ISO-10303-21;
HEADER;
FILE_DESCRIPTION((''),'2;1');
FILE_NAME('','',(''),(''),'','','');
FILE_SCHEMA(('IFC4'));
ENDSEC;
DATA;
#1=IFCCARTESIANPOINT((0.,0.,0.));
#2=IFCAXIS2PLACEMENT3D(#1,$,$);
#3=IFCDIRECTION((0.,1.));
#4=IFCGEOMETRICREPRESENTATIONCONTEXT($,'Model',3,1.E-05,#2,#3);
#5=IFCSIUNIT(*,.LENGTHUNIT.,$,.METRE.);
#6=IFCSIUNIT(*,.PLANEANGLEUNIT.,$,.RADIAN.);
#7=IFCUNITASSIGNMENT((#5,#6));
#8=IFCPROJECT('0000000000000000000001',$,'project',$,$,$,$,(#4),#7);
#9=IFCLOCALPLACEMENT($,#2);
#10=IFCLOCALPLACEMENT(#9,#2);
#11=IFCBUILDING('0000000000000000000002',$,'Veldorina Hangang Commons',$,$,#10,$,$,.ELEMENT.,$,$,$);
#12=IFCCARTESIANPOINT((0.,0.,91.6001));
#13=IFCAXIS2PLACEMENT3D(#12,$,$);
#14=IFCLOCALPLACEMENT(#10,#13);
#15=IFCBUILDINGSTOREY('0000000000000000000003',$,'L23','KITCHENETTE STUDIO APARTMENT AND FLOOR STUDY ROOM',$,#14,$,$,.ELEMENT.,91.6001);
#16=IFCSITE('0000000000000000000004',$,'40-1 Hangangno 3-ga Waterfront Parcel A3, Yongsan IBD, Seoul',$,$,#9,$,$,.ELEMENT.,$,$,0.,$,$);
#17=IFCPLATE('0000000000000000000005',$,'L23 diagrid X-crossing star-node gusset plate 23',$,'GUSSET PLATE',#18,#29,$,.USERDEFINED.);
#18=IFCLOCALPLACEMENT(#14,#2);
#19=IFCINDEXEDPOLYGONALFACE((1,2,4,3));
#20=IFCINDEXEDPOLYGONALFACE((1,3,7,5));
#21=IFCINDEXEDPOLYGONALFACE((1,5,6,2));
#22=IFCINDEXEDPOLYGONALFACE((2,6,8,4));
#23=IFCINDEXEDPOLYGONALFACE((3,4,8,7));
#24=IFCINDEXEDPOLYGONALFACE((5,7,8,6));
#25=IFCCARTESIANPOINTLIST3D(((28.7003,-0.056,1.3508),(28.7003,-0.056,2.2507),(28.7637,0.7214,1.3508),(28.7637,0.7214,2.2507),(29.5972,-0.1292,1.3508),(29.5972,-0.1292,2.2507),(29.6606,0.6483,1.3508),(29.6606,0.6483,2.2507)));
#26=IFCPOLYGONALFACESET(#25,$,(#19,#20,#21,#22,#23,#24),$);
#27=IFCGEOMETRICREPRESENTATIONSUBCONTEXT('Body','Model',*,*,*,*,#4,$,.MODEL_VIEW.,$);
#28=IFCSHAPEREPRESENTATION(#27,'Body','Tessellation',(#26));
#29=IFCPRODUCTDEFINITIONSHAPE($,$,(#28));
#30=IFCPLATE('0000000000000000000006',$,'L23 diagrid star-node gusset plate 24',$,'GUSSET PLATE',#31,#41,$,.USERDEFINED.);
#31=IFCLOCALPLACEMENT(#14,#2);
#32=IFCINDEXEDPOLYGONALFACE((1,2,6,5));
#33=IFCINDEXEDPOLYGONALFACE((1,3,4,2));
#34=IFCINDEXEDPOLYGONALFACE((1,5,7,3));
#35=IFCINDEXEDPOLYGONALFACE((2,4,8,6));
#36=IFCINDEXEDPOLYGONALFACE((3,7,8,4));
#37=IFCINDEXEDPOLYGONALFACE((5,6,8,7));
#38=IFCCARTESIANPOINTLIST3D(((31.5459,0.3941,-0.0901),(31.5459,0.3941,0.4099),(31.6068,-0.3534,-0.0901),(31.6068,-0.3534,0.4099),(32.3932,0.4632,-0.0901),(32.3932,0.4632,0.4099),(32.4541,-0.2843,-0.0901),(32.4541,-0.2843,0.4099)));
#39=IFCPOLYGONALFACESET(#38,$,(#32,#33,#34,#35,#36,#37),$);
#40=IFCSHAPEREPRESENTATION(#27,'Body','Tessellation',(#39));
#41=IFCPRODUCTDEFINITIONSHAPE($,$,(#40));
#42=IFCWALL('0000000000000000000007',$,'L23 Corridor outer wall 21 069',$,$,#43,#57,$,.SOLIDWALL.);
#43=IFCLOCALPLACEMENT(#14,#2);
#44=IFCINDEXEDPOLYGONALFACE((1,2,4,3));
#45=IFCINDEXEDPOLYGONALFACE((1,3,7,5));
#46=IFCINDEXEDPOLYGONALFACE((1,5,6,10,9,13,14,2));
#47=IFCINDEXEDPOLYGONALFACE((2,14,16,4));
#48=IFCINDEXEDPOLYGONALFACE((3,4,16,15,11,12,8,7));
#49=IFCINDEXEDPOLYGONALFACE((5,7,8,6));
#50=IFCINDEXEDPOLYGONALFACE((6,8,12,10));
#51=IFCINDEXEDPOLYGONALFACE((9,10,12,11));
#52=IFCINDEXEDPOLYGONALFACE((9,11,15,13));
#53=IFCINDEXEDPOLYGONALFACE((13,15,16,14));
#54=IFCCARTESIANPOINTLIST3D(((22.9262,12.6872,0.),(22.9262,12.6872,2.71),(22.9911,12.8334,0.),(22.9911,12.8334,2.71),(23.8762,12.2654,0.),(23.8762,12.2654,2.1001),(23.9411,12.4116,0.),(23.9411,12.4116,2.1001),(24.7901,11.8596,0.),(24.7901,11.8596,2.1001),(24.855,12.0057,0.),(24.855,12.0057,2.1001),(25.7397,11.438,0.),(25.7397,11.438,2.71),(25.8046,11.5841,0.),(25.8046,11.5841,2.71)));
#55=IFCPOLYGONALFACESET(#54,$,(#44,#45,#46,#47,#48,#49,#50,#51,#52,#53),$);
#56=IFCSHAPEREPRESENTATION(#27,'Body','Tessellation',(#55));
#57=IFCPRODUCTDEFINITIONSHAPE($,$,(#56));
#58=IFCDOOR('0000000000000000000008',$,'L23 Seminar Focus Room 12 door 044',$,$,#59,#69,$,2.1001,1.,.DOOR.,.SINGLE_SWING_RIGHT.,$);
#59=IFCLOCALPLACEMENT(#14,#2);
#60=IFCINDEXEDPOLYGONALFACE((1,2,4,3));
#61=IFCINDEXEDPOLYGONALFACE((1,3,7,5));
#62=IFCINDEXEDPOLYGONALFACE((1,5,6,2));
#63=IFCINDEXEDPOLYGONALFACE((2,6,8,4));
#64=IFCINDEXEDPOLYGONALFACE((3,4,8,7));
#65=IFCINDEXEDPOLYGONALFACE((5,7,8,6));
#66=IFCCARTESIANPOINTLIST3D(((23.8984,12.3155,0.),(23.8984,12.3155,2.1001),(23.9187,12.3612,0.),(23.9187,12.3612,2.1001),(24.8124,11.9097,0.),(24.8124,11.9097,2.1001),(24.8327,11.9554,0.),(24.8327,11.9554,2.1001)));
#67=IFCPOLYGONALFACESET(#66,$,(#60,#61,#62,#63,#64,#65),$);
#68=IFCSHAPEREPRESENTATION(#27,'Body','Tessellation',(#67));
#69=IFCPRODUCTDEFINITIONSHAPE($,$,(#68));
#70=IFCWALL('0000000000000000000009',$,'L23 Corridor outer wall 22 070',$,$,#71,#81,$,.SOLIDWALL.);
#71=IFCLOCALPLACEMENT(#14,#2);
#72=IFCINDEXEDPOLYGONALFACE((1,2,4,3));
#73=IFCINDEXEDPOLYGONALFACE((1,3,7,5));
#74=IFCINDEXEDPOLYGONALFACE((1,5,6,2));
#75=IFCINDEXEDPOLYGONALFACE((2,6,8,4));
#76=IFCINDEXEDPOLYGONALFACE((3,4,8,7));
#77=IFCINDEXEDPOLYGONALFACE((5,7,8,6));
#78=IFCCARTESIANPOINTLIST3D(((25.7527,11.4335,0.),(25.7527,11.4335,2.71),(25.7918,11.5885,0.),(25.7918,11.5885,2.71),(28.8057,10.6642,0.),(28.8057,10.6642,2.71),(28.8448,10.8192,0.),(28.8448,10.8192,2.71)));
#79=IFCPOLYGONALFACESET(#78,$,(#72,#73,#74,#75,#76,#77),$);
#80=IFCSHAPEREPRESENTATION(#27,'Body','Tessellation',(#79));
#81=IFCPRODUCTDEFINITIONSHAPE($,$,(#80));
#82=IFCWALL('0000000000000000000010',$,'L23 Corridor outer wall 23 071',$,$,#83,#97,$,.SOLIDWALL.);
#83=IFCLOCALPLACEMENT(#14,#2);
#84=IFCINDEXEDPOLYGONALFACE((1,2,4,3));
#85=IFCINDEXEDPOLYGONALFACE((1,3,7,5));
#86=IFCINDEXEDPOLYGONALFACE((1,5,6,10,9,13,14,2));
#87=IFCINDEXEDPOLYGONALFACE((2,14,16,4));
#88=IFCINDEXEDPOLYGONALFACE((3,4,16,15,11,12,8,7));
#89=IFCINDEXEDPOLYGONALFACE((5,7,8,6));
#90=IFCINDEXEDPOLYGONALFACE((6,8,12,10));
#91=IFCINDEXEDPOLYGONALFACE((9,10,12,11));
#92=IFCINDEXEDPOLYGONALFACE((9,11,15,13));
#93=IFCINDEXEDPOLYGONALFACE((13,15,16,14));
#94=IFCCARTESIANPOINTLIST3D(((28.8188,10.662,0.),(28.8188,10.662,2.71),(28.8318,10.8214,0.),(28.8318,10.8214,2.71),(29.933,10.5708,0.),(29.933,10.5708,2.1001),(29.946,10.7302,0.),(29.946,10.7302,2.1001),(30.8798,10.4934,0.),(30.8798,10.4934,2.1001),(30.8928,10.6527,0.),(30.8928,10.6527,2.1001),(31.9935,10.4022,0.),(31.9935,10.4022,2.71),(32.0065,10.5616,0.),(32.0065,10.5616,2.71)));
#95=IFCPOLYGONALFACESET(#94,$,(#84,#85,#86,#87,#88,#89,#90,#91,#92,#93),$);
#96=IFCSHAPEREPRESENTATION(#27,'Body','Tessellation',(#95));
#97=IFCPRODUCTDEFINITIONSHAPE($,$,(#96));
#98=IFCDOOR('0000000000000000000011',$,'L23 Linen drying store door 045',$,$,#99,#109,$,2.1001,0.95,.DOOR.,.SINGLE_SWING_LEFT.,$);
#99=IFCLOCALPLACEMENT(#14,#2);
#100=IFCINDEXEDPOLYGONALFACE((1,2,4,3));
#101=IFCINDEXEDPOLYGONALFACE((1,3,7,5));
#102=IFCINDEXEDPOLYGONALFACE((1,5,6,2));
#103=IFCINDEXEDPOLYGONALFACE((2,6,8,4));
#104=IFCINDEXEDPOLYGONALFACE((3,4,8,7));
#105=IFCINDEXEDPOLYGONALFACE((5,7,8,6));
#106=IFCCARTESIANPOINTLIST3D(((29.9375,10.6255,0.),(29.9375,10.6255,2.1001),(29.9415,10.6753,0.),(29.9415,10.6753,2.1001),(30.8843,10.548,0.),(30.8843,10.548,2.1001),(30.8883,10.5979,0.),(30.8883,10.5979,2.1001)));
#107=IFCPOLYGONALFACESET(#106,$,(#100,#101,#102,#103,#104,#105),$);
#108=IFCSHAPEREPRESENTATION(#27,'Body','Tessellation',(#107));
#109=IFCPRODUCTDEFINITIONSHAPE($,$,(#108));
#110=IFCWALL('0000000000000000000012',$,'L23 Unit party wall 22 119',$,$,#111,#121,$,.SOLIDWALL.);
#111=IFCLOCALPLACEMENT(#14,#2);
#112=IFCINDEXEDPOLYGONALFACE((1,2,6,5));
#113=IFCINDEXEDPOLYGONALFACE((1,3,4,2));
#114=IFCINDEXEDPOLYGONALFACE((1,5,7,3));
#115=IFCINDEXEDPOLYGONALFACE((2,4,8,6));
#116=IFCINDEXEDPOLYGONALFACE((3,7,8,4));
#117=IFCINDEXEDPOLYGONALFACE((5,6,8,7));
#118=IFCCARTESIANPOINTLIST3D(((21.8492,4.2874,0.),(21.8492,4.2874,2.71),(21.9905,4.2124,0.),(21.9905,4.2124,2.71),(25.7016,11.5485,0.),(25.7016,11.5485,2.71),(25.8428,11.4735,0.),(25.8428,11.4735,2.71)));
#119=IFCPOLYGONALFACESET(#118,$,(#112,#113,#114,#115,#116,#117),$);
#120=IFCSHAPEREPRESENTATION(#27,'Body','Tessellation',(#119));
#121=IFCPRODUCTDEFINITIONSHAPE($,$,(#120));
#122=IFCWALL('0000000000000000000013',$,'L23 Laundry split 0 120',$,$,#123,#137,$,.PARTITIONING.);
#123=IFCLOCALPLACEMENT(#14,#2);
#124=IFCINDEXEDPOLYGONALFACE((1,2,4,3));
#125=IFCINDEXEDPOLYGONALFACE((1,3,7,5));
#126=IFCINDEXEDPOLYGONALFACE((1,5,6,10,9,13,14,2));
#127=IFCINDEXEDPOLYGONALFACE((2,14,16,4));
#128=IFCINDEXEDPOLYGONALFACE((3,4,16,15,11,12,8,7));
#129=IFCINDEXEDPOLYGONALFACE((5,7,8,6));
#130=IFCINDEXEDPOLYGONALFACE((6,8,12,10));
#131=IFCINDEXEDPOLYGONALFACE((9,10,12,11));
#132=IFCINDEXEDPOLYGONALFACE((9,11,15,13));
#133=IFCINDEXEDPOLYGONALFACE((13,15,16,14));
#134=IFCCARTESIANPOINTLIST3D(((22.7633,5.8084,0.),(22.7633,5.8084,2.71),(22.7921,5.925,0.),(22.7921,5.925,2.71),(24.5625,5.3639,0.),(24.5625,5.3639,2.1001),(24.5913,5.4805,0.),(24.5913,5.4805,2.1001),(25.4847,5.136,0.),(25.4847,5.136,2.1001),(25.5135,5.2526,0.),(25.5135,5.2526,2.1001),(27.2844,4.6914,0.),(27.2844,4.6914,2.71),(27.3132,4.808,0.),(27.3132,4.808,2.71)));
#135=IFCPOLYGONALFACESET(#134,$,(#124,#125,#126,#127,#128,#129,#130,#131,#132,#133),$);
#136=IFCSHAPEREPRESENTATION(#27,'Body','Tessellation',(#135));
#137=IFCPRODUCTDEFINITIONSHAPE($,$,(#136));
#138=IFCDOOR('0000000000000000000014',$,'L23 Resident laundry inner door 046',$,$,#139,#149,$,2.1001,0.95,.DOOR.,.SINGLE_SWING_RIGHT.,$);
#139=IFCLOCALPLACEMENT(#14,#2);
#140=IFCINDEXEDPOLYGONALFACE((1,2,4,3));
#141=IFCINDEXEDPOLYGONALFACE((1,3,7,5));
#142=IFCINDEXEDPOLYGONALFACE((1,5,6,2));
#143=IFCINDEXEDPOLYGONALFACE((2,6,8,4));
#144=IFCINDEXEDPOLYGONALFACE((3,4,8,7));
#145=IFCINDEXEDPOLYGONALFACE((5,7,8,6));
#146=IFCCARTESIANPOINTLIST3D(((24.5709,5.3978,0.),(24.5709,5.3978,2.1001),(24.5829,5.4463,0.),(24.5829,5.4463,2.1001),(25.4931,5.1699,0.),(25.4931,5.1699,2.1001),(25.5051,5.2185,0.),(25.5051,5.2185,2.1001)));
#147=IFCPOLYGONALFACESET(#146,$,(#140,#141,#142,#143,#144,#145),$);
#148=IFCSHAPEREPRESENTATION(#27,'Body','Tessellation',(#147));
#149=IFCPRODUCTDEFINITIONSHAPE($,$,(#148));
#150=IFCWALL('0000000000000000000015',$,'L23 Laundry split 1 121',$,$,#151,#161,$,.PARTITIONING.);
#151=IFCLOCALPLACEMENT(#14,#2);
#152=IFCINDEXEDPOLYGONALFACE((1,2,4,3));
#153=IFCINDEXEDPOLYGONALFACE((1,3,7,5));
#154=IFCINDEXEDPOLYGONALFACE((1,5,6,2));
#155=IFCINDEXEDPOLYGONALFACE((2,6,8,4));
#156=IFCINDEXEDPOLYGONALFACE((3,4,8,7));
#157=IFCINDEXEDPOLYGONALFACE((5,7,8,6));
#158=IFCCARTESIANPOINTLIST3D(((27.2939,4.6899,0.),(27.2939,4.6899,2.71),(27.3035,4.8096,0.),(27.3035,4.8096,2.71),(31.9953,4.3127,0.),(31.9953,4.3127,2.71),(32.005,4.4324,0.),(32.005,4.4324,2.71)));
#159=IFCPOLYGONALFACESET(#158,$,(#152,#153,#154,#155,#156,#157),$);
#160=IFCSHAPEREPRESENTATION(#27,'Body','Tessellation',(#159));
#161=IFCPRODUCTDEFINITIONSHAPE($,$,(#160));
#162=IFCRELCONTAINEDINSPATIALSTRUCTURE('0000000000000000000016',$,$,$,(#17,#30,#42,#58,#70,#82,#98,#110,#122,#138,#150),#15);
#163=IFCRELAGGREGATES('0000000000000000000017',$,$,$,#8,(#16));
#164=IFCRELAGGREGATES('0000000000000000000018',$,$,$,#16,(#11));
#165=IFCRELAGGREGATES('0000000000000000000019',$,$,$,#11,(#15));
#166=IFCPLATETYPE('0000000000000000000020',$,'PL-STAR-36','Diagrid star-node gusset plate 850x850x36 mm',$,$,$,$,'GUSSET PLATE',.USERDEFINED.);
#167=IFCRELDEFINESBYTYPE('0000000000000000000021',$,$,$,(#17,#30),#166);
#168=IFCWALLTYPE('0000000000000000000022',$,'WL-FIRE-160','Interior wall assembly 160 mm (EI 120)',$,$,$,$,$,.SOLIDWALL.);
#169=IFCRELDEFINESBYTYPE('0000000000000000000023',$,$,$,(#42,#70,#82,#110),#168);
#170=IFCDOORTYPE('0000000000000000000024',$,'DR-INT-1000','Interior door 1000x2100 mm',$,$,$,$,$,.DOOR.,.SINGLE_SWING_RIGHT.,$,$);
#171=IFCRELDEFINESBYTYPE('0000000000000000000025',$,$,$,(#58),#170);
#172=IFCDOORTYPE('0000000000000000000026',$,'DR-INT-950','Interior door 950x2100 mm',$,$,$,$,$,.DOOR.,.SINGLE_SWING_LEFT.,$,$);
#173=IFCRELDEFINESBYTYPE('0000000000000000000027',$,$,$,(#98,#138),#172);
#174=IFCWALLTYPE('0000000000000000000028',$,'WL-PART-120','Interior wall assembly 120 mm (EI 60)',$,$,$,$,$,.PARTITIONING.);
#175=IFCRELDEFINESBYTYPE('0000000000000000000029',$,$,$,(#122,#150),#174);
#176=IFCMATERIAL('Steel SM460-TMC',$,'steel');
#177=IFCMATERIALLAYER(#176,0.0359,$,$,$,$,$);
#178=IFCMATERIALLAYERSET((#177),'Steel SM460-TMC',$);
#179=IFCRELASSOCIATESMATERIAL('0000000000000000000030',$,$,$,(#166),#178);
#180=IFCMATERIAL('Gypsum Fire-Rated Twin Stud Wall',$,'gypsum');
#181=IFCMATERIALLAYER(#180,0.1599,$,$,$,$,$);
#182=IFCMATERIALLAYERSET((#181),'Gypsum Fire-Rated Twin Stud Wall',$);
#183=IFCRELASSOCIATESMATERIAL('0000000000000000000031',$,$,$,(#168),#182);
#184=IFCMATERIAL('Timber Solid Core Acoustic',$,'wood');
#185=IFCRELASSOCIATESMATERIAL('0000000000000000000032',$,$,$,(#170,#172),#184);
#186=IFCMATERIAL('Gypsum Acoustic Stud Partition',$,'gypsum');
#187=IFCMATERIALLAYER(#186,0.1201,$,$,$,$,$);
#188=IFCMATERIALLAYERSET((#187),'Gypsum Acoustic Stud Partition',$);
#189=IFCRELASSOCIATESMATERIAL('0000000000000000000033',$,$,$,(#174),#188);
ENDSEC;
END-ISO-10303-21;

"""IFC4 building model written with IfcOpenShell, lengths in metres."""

from ifc_helpers import new_model, si_unit, direction, frame, frame_2d, origin, origin_2d, place, context, subcontext, project, spatial, rectangle, extrude, material, layer, layer_set, type_object, element, fill, save


model = new_model("IFC4")

# Units and contexts
model_context = context("Model", 3, precision=1e-05, world=origin(), true_north=direction((0.0, 1.0)))
body_context = subcontext(model_context, "Body", "Model", "MODEL_VIEW")
ifc_project = project(units=[si_unit("LENGTHUNIT", "METRE"), si_unit("PLANEANGLEUNIT", "RADIAN")], contexts=[model_context])

# Site, building, storey
site_placement = place(None, origin())
site = spatial("IfcSite", under=ifc_project, at=site_placement, Name="40-1 Hangangno 3-ga Waterfront Parcel A3, Yongsan IBD, Seoul", CompositionType="ELEMENT", RefElevation=0.0)
building_placement = place(site_placement, origin())
building = spatial("IfcBuilding", under=site, at=building_placement, Name="Veldorina Hangang Commons", CompositionType="ELEMENT")
storey_placement = place(building_placement, frame((0.0, 0.0, 91.6001)))
storey = spatial("IfcBuildingStorey", under=building, at=storey_placement, Name="L23", Description="KITCHENETTE STUDIO APARTMENT AND FLOOR STUDY ROOM", CompositionType="ELEMENT", Elevation=91.6001)

# Shared definitions
ifc_material_1 = material(Name="Steel SM460-TMC", Category="steel")

# Plates
ifc_layer_1 = layer(ifc_material_1, 0.0359)
ifc_layer_set_1 = layer_set([ifc_layer_1], Name="Steel SM460-TMC")
plate_type_1 = type_object("IfcPlateType", Name="PL-STAR-36", Description="Diagrid star-node gusset plate 850x850x36 mm", ElementType="GUSSET PLATE", PredefinedType="USERDEFINED", material=ifc_layer_set_1)
plate_1_placement = place(storey_placement, frame((29.1804, 0.2961, 1.3508), z_axis=(0.0, 0.0, 1.0), x_axis=(0.996692, -0.081277, 0.0)))
element("IfcPlate", 1, at=plate_1_placement, inside=storey, type_object=plate_type_1, Name="L23 diagrid X-crossing star-node gusset plate 23", ObjectType="GUSSET PLATE", PredefinedType="USERDEFINED", context=body_context, shape_type="SweptSolid", body=[
    extrude(rectangle(XDim=0.8999, YDim=0.78, at=origin_2d()), origin(), (0.0, 0.0, 1.0), 0.8999),
])
plate_2_placement = place(storey_placement, frame((32.0, 0.0549, -0.0901), z_axis=(0.0, 0.0, 1.0), x_axis=(0.996692, 0.081277, 0.0)))
element("IfcPlate", 2, at=plate_2_placement, inside=storey, type_object=plate_type_1, Name="L23 diagrid star-node gusset plate 24", ObjectType="GUSSET PLATE", PredefinedType="USERDEFINED", context=body_context, shape_type="SweptSolid", body=[
    extrude(rectangle(XDim=0.8501, YDim=0.75, at=origin_2d()), origin(), (0.0, 0.0, 1.0), 0.5),
])

# Wall, opening, door
ifc_material_2 = material(Name="Gypsum Fire-Rated Twin Stud Wall", Category="gypsum")
ifc_layer_2 = layer(ifc_material_2, 0.1599)
ifc_layer_set_2 = layer_set([ifc_layer_2], Name="Gypsum Fire-Rated Twin Stud Wall")
wall_type_1 = type_object("IfcWallType", Name="WL-FIRE-160", Description="Interior wall assembly 160 mm (EI 120)", PredefinedType="SOLIDWALL", material=ifc_layer_set_2)
wall_1_placement = place(storey_placement, frame((22.9587, 12.7603, 0.0), z_axis=(0.0, 0.0, 1.0), x_axis=(0.913952, -0.405822, 0.0)))
wall_1 = element("IfcWall", 3, at=wall_1_placement, inside=storey, type_object=wall_type_1, Name="L23 Corridor outer wall 21 069", PredefinedType="SOLIDWALL", context=body_context, shape_type="SweptSolid", body=[
    extrude(rectangle(XDim=3.0784, YDim=0.1599, at=frame_2d((1.5391, 0.0))), origin(), (0.0, 0.0, 1.0), 2.71),
])
opening_1_placement = place(wall_1_placement, frame((1.0393, 0.0, 0.0)))
opening_1 = element("IfcOpeningElement", 4, at=opening_1_placement, cuts=wall_1, PredefinedType="OPENING", context=body_context, shape_type="SweptSolid", body=[
    extrude(rectangle(XDim=1.0, YDim=2.1001, at=frame_2d((0.5, 1.05))), frame((0.0, 0.0898, 0.0), z_axis=(0.0, -1.0, 0.0), x_axis=(1.0, 0.0, 0.0)), (0.0, 0.0, 1.0), 0.1799),
])
ifc_material_3 = material(Name="Timber Solid Core Acoustic", Category="wood")
door_type_1 = type_object("IfcDoorType", Name="DR-INT-1000", Description="Interior door 1000x2100 mm", OperationType="SINGLE_SWING_RIGHT", PredefinedType="DOOR", material=ifc_material_3)
door_1_placement = place(opening_1_placement, origin())
door_1 = element("IfcDoor", 5, at=door_1_placement, inside=storey, type_object=door_type_1, Name="L23 Seminar Focus Room 12 door 044", OperationType="SINGLE_SWING_RIGHT", OverallHeight=2.1001, OverallWidth=1.0, PredefinedType="DOOR", context=body_context, shape_type="SweptSolid", body=[
    extrude(rectangle(XDim=1.0, YDim=2.1001, at=frame_2d((0.5, 1.05))), frame((0.0, 0.0249, 0.0), z_axis=(0.0, -1.0, 0.0), x_axis=(1.0, 0.0, 0.0)), (0.0, 0.0, 1.0), 0.05),
])
fill(opening_1, door_1)

# Wall
wall_2_placement = place(storey_placement, frame((25.7722, 11.511, 0.0), z_axis=(0.0, 0.0, 1.0), x_axis=(0.969689, -0.244342, 0.0)))
element("IfcWall", 6, at=wall_2_placement, inside=storey, type_object=wall_type_1, Name="L23 Corridor outer wall 22 070", PredefinedType="SOLIDWALL", context=body_context, shape_type="SweptSolid", body=[
    extrude(rectangle(XDim=3.1484, YDim=0.1599, at=frame_2d((1.5742, 0.0))), origin(), (0.0, 0.0, 1.0), 2.71),
])

# Wall, opening, door
wall_3_placement = place(storey_placement, frame((28.8252, 10.7417, 0.0), z_axis=(0.0, 0.0, 1.0), x_axis=(0.996669, -0.081548, 0.0)))
wall_3 = element("IfcWall", 7, at=wall_3_placement, inside=storey, type_object=wall_type_1, Name="L23 Corridor outer wall 23 071", PredefinedType="SOLIDWALL", context=body_context, shape_type="SweptSolid", body=[
    extrude(rectangle(XDim=3.1853, YDim=0.1599, at=frame_2d((1.5928, 0.0))), origin(), (0.0, 0.0, 1.0), 2.71),
])
opening_2_placement = place(wall_3_placement, frame((1.1179, 0.0, 0.0)))
opening_2 = element("IfcOpeningElement", 8, at=opening_2_placement, cuts=wall_3, PredefinedType="OPENING", context=body_context, shape_type="SweptSolid", body=[
    extrude(rectangle(XDim=0.95, YDim=2.1001, at=frame_2d((0.4751, 1.05))), frame((0.0, 0.0898, 0.0), z_axis=(0.0, -1.0, 0.0), x_axis=(1.0, 0.0, 0.0)), (0.0, 0.0, 1.0), 0.1799),
])
door_type_2 = type_object("IfcDoorType", Name="DR-INT-950", Description="Interior door 950x2100 mm", OperationType="SINGLE_SWING_LEFT", PredefinedType="DOOR", material=ifc_material_3)
door_2_placement = place(opening_2_placement, origin())
door_2 = element("IfcDoor", 9, at=door_2_placement, inside=storey, type_object=door_type_2, Name="L23 Linen drying store door 045", OperationType="SINGLE_SWING_LEFT", OverallHeight=2.1001, OverallWidth=0.95, PredefinedType="DOOR", context=body_context, shape_type="SweptSolid", body=[
    extrude(rectangle(XDim=0.95, YDim=2.1001, at=frame_2d((0.4751, 1.05))), frame((0.0, 0.0249, 0.0), z_axis=(0.0, -1.0, 0.0), x_axis=(1.0, 0.0, 0.0)), (0.0, 0.0, 1.0), 0.05),
])
fill(opening_2, door_2)

# Wall
wall_4_placement = place(storey_placement, frame((25.7722, 11.511, 0.0), z_axis=(0.0, 0.0, 1.0), x_axis=(-0.468671, -0.883373, 0.0)))
element("IfcWall", 10, at=wall_4_placement, inside=storey, type_object=wall_type_1, Name="L23 Unit party wall 22 119", PredefinedType="SOLIDWALL", context=body_context, shape_type="SweptSolid", body=[
    extrude(rectangle(XDim=8.2197, YDim=0.1599, at=frame_2d((4.1099, 0.0))), origin(), (0.0, 0.0, 1.0), 2.71),
])

# Wall, opening, door
ifc_material_4 = material(Name="Gypsum Acoustic Stud Partition", Category="gypsum")
ifc_layer_3 = layer(ifc_material_4, 0.1201)
ifc_layer_set_3 = layer_set([ifc_layer_3], Name="Gypsum Acoustic Stud Partition")
wall_type_2 = type_object("IfcWallType", Name="WL-PART-120", Description="Interior wall assembly 120 mm (EI 60)", PredefinedType="PARTITIONING", material=ifc_layer_set_3)
wall_5_placement = place(storey_placement, frame((22.7776, 5.8667, 0.0), z_axis=(0.0, 0.0, 1.0), x_axis=(0.970811, -0.239846, 0.0)))
wall_5 = element("IfcWall", 11, at=wall_5_placement, inside=storey, type_object=wall_type_2, Name="L23 Laundry split 0 120", PredefinedType="PARTITIONING", context=body_context, shape_type="SweptSolid", body=[
    extrude(rectangle(XDim=4.657, YDim=0.1201, at=frame_2d((2.3286, 0.0))), origin(), (0.0, 0.0, 1.0), 2.71),
])
opening_3_placement = place(wall_5_placement, frame((1.8533, 0.0, 0.0)))
opening_3 = element("IfcOpeningElement", 12, at=opening_3_placement, cuts=wall_5, PredefinedType="OPENING", context=body_context, shape_type="SweptSolid", body=[
    extrude(rectangle(XDim=0.95, YDim=2.1001, at=frame_2d((0.4751, 1.05))), frame((0.0, 0.0701, 0.0), z_axis=(0.0, -1.0, 0.0), x_axis=(1.0, 0.0, 0.0)), (0.0, 0.0, 1.0), 0.1401),
])
door_3_placement = place(opening_3_placement, origin())
door_3 = element("IfcDoor", 13, at=door_3_placement, inside=storey, type_object=door_type_2, Name="L23 Resident laundry inner door 046", OperationType="SINGLE_SWING_RIGHT", OverallHeight=2.1001, OverallWidth=0.95, PredefinedType="DOOR", context=body_context, shape_type="SweptSolid", body=[
    extrude(rectangle(XDim=0.95, YDim=2.1001, at=frame_2d((0.4751, 1.05))), frame((0.0, 0.0249, 0.0), z_axis=(0.0, -1.0, 0.0), x_axis=(1.0, 0.0, 0.0)), (0.0, 0.0, 1.0), 0.05),
])
fill(opening_3, door_3)

# Wall
wall_6_placement = place(storey_placement, frame((27.2986, 4.7498, 0.0), z_axis=(0.0, 0.0, 1.0), x_axis=(0.996797, -0.079974, 0.0)))
element("IfcWall", 14, at=wall_6_placement, inside=storey, type_object=wall_type_2, Name="L23 Laundry split 1 121", PredefinedType="PARTITIONING", context=body_context, shape_type="SweptSolid", body=[
    extrude(rectangle(XDim=4.7166, YDim=0.1201, at=frame_2d((2.3584, 0.0))), origin(), (0.0, 0.0, 1.0), 2.71),
])

save(model, "model.ifc")
